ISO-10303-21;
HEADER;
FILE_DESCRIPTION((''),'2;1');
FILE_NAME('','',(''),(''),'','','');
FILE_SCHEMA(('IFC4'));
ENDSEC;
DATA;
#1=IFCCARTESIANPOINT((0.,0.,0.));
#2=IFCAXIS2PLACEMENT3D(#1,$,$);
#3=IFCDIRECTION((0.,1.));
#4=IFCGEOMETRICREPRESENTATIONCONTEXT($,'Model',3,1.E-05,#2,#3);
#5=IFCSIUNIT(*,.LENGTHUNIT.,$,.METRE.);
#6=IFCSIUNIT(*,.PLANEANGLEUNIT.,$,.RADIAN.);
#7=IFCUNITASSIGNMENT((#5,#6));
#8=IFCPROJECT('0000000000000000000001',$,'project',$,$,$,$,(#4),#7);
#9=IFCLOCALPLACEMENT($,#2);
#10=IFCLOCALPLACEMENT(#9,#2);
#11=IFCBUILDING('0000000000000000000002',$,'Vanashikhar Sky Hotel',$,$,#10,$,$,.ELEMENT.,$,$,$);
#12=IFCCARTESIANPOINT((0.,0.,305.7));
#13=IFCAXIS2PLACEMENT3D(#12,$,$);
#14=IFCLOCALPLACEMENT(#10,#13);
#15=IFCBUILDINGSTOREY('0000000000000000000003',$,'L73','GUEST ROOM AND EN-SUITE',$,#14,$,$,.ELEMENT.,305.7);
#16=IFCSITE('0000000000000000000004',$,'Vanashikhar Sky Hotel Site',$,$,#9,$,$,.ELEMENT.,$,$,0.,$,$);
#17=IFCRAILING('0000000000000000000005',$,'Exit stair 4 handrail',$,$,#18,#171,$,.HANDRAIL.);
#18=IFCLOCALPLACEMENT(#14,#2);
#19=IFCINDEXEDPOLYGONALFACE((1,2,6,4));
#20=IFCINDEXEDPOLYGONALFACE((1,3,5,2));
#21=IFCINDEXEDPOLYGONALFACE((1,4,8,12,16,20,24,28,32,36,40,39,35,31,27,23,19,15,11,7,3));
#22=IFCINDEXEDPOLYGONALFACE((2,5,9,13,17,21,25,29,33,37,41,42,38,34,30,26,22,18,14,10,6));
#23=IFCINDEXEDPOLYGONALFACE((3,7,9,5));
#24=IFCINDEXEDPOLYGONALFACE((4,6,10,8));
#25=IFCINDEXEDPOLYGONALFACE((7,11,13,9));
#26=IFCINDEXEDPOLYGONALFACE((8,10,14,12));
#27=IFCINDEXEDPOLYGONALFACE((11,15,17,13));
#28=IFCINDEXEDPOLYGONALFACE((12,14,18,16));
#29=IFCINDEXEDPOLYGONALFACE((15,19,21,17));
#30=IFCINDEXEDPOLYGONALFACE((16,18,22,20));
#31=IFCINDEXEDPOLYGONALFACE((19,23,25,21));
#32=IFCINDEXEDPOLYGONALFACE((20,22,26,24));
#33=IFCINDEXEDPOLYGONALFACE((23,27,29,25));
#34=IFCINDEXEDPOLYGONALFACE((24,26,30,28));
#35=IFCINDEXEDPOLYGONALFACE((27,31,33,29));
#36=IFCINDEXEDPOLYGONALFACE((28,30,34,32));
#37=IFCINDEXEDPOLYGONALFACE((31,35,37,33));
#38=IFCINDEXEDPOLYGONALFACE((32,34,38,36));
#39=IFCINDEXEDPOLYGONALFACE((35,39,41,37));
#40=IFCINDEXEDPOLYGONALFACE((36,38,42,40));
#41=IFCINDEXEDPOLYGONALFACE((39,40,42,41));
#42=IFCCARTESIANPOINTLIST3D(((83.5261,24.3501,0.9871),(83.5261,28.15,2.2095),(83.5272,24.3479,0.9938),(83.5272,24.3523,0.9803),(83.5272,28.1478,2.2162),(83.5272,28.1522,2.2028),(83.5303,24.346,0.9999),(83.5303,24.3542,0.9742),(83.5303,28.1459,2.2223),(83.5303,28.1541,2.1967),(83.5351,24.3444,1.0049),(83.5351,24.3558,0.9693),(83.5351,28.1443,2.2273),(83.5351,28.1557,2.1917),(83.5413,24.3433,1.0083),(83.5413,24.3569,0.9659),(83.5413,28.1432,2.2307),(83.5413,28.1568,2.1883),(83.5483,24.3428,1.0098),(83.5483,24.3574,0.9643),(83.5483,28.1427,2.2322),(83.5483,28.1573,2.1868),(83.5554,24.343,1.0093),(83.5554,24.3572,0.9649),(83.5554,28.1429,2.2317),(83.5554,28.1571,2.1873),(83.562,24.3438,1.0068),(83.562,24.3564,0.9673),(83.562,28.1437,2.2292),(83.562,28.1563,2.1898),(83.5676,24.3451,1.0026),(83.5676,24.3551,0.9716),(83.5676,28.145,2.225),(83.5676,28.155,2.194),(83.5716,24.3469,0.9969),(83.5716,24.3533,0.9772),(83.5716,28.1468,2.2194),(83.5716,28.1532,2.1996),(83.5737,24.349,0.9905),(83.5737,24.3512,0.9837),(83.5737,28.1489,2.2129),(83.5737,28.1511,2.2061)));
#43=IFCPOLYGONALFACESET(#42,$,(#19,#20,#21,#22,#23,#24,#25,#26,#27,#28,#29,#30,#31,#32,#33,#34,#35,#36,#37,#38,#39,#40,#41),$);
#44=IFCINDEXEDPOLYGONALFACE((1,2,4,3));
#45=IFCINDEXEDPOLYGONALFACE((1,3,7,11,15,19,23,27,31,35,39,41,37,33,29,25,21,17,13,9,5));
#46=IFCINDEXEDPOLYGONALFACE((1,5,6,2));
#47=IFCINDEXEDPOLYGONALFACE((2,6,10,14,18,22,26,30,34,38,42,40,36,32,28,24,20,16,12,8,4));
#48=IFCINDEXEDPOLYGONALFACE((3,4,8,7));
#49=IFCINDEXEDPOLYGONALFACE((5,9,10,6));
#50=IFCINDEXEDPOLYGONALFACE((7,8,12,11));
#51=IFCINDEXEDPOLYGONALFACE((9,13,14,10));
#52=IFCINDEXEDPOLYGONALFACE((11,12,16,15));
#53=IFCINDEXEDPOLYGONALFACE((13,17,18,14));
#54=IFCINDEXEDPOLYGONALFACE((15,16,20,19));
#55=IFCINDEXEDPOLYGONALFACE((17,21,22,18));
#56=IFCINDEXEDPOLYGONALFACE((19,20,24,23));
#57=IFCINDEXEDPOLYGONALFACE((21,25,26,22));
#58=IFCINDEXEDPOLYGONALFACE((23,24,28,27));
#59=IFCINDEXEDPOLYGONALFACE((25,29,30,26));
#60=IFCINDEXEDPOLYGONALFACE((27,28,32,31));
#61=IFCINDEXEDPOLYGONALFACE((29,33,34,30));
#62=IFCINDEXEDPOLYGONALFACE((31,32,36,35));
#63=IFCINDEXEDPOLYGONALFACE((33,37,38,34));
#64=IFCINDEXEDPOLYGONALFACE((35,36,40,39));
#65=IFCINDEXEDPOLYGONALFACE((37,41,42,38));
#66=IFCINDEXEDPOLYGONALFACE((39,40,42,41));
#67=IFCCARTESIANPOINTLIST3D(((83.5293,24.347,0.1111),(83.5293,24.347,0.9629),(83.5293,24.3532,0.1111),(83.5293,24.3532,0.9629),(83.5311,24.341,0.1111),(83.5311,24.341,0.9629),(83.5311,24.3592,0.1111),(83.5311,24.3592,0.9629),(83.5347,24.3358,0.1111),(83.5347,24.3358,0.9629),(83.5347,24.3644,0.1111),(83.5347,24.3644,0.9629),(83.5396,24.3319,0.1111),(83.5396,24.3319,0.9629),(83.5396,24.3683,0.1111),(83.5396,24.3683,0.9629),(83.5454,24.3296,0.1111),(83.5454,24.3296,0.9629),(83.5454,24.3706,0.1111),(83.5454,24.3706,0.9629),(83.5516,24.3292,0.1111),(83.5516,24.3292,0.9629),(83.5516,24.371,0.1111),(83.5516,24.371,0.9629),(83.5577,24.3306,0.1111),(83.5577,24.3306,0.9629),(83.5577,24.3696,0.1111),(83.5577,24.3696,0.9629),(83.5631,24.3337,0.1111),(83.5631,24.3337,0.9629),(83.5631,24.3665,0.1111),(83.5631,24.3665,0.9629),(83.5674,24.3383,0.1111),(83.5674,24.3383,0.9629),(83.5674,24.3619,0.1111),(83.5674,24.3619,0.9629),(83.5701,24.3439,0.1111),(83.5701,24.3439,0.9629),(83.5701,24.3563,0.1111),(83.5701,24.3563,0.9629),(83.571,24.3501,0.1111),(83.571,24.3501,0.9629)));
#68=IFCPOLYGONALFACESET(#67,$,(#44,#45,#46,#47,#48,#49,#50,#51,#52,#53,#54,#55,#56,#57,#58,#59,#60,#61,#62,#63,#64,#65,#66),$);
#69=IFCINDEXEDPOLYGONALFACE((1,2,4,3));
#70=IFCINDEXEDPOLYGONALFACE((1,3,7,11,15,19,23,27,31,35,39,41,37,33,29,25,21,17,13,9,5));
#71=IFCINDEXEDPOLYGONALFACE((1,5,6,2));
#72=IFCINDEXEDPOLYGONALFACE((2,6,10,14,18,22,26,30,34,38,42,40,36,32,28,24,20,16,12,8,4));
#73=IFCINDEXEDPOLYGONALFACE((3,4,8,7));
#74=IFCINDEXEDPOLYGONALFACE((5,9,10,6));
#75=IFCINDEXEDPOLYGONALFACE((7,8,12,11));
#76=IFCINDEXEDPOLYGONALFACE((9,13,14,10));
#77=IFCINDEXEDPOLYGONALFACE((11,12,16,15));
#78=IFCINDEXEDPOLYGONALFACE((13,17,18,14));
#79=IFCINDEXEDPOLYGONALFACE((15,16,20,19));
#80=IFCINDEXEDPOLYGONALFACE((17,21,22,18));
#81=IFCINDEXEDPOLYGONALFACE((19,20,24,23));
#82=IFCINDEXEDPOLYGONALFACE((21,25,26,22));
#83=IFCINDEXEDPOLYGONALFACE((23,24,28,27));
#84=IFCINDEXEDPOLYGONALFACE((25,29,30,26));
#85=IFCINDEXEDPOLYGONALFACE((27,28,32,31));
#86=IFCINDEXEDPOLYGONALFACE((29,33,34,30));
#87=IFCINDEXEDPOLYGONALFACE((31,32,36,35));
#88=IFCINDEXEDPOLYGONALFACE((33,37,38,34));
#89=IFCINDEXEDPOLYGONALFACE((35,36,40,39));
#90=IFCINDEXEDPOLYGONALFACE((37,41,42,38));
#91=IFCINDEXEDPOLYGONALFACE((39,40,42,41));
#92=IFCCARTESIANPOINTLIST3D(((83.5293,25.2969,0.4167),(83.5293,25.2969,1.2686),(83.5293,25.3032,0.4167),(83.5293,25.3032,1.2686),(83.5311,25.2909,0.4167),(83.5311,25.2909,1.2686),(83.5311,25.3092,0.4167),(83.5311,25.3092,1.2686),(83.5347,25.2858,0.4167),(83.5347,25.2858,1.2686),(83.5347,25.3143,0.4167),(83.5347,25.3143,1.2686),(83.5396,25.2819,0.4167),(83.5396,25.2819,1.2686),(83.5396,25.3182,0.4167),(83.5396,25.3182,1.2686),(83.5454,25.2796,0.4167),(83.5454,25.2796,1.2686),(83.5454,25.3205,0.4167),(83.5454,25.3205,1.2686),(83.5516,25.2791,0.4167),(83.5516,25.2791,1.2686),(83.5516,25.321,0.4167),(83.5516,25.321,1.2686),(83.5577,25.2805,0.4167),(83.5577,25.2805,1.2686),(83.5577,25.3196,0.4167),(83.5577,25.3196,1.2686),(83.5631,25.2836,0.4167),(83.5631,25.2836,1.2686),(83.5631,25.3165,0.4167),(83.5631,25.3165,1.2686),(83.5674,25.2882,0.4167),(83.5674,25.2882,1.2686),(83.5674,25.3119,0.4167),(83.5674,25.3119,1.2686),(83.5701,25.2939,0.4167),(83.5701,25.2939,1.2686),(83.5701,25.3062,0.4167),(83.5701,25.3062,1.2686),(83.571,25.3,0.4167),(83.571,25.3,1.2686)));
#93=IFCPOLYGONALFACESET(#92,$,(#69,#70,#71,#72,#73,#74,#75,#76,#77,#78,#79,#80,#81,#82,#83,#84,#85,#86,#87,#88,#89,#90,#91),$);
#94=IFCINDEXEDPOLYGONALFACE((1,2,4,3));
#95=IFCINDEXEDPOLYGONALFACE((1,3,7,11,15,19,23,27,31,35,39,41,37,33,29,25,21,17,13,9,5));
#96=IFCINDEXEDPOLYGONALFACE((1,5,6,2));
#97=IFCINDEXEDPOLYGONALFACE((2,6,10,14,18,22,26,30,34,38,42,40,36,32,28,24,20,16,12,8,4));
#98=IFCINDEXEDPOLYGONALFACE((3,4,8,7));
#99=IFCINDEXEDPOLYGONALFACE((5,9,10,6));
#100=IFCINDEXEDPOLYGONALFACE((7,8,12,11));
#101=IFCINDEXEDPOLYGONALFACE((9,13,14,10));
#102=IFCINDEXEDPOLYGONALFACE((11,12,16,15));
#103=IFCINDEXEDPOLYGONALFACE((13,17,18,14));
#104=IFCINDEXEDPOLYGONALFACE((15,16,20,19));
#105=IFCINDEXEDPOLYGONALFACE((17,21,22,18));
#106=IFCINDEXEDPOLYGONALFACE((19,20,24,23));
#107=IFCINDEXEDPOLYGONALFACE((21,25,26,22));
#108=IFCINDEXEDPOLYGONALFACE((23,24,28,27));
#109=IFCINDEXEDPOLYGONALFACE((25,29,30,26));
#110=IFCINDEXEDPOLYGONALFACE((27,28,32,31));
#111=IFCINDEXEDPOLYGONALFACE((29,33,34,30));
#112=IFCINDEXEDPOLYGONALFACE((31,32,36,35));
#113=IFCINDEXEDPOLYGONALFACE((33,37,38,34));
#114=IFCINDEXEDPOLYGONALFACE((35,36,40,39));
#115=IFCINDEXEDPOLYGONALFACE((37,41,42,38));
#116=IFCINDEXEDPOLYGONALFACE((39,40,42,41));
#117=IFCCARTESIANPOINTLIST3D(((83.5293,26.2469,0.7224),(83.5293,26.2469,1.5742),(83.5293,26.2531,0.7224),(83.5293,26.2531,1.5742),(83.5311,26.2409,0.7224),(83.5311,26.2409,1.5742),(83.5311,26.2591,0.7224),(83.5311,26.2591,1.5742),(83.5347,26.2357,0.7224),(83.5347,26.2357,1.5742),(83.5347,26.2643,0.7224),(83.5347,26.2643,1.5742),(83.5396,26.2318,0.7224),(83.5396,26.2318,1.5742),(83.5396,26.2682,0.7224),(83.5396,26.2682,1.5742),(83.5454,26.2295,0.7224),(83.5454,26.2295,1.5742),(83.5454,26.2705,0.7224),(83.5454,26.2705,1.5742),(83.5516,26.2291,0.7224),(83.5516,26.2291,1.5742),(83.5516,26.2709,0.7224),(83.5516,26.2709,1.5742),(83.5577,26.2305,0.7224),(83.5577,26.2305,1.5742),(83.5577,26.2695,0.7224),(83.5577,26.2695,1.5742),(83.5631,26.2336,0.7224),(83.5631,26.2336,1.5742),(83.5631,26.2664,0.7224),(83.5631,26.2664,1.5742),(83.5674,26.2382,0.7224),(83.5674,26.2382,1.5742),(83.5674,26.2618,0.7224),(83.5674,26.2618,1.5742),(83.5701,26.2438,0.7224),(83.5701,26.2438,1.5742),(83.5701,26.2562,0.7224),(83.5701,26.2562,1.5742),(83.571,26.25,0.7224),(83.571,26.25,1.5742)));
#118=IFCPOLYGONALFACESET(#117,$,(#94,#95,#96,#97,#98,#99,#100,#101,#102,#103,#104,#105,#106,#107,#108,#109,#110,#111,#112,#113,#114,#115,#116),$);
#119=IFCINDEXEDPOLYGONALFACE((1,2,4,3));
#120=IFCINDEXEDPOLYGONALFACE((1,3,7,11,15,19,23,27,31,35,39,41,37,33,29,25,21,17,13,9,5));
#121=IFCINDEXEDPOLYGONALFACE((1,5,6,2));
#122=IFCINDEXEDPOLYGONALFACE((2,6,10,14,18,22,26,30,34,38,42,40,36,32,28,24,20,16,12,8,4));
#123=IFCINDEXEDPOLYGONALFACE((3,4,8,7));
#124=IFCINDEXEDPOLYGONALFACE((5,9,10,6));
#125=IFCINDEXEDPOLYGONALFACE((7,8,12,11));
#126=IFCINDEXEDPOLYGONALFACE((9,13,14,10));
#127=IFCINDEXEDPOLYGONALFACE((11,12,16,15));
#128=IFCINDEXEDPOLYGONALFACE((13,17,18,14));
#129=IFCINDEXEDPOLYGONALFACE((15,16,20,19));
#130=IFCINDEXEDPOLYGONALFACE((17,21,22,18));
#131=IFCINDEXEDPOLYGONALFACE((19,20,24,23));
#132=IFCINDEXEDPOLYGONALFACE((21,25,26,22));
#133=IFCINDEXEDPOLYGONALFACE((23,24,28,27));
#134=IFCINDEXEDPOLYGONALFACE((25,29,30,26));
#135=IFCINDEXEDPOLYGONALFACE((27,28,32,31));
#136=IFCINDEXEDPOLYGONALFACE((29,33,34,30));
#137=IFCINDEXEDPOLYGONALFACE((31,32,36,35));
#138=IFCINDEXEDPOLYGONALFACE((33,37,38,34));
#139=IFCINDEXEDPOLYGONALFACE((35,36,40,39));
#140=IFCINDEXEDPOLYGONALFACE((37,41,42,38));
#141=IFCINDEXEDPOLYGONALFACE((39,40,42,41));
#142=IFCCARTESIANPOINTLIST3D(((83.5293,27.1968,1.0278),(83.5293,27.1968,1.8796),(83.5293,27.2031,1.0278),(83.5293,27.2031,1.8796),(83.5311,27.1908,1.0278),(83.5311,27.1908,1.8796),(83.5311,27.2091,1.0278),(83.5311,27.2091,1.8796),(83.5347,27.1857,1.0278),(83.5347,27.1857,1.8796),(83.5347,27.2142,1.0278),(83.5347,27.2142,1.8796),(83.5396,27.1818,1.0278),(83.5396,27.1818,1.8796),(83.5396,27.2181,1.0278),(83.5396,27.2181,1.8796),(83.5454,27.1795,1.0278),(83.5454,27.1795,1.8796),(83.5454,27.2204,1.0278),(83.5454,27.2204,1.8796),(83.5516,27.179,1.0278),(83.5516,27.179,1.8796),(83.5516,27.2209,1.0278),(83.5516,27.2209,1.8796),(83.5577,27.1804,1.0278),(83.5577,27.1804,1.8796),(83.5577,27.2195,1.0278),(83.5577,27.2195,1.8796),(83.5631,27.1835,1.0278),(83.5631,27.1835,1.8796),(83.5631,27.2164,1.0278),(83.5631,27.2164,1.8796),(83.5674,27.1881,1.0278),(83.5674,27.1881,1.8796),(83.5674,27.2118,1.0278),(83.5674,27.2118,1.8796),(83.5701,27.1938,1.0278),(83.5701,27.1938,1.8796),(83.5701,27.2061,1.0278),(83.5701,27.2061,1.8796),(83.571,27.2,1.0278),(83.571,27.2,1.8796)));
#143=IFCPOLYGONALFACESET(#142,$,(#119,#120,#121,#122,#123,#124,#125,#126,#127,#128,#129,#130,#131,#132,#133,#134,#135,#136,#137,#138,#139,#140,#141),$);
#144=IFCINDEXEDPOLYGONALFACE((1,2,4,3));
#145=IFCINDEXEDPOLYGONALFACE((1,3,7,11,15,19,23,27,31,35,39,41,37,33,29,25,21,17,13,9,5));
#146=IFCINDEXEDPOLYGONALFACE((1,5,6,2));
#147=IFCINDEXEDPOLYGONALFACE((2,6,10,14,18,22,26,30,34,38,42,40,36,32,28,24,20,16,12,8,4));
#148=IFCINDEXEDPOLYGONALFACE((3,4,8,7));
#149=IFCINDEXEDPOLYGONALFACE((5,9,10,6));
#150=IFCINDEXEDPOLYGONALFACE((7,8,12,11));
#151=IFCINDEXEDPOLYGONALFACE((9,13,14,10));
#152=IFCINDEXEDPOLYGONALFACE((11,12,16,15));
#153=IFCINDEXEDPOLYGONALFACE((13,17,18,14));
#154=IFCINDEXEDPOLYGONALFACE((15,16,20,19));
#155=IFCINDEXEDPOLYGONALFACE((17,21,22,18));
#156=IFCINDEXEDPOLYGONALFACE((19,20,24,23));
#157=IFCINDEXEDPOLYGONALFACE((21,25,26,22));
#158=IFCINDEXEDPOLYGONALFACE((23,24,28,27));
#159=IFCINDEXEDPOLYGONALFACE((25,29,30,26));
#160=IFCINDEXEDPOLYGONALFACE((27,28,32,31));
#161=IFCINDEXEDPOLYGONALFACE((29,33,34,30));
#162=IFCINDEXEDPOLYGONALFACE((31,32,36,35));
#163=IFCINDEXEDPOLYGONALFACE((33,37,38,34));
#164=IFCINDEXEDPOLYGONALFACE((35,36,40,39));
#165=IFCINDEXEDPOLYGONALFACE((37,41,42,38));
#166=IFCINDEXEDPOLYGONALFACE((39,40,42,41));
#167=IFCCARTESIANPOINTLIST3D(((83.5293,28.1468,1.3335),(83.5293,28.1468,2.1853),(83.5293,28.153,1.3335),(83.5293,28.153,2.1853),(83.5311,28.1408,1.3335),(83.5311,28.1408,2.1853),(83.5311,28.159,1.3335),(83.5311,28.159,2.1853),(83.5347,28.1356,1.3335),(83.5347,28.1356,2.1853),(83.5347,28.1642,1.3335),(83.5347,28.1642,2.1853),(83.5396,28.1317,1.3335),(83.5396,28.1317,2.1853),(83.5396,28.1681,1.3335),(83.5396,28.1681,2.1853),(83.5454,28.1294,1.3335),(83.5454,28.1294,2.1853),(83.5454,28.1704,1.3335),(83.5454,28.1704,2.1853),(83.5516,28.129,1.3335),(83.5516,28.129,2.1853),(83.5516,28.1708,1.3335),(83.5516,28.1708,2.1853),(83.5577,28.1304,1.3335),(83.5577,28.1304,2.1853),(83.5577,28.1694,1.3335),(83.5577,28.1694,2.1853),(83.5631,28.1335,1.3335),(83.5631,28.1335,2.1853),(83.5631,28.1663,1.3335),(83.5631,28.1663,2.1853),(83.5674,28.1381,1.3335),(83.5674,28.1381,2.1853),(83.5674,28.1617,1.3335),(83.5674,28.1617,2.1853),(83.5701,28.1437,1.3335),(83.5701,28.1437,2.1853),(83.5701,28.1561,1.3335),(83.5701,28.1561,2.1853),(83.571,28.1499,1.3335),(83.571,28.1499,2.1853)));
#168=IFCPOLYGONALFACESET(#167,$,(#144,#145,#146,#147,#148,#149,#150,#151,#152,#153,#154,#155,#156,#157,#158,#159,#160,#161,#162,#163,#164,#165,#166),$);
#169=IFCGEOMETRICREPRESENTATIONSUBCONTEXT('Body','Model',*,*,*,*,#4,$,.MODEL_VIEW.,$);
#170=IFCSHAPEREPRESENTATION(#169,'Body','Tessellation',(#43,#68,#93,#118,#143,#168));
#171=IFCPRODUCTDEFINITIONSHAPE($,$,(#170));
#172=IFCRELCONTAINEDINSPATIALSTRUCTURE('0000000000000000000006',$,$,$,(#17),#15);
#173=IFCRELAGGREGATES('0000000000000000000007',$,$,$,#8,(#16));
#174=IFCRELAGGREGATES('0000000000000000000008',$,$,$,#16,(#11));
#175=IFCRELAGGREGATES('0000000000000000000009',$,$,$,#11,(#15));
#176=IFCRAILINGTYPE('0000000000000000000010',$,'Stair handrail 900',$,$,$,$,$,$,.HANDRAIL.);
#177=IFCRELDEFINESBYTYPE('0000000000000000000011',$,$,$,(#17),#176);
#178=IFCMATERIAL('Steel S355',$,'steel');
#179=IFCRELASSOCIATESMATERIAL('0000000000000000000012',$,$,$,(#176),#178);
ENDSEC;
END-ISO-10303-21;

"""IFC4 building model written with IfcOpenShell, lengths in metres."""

from ifc_helpers import new_model, si_unit, direction, frame, origin, origin_2d, place, context, subcontext, project, spatial, circle, extrude, source, transform, mapped, material, type_object, element, save


model = new_model("IFC4")

# Units and contexts
model_context = context("Model", 3, precision=1e-05, world=origin(), true_north=direction((0.0, 1.0)))
body_context = subcontext(model_context, "Body", "Model", "MODEL_VIEW")
ifc_project = project(units=[si_unit("LENGTHUNIT", "METRE"), si_unit("PLANEANGLEUNIT", "RADIAN")], contexts=[model_context])

# Site, building, storey
site_placement = place(None, origin())
site = spatial("IfcSite", under=ifc_project, at=site_placement, Name="Vanashikhar Sky Hotel Site", CompositionType="ELEMENT", RefElevation=0.0)
building_placement = place(site_placement, origin())
building = spatial("IfcBuilding", under=site, at=building_placement, Name="Vanashikhar Sky Hotel", CompositionType="ELEMENT")
storey_placement = place(building_placement, frame((0.0, 0.0, 305.7)))
storey = spatial("IfcBuildingStorey", under=building, at=storey_placement, Name="L73", Description="GUEST ROOM AND EN-SUITE", CompositionType="ELEMENT", Elevation=305.7)

# Railing
ifc_material_1 = material(Name="Steel S355", Category="steel")
railing_type_1 = type_object("IfcRailingType", Name="Stair handrail 900", PredefinedType="HANDRAIL", material=ifc_material_1)
shared_shape_1 = source(origin(), body_context, "Body", "SweptSolid", [
    extrude(circle(Radius=0.0239, at=origin_2d()), frame((0.0, 0.0, 0.876), z_axis=(0.0, 0.951952, 0.306247), x_axis=(-1.0, 0.0, 0.0)), (0.0, 0.0, 1.0), 3.9917),
    extrude(circle(Radius=0.021, at=origin_2d()), origin(), (0.0, 0.0, 1.0), 0.8518),
    extrude(circle(Radius=0.021, at=origin_2d()), frame((0.0, 0.95, 0.3057)), (0.0, 0.0, 1.0), 0.8518),
    extrude(circle(Radius=0.021, at=origin_2d()), frame((0.0, 1.8999, 0.6113)), (0.0, 0.0, 1.0), 0.8518),
    extrude(circle(Radius=0.021, at=origin_2d()), frame((0.0, 2.8499, 0.9167)), (0.0, 0.0, 1.0), 0.8518),
    extrude(circle(Radius=0.021, at=origin_2d()), frame((0.0, 3.7998, 1.2224)), (0.0, 0.0, 1.0), 0.8518),
])
railing_1_placement = place(storey_placement, frame((83.55, 24.3501, 0.1111)))
element("IfcRailing", 1, at=railing_1_placement, inside=storey, type_object=railing_type_1, Name="Exit stair 4 handrail", PredefinedType="HANDRAIL", context=body_context, shape_type="MappedRepresentation", body=[
    mapped(shared_shape_1, transform((0.0, 0.0, 0.0), scale=1.0)),
])

save(model, "model.ifc")
